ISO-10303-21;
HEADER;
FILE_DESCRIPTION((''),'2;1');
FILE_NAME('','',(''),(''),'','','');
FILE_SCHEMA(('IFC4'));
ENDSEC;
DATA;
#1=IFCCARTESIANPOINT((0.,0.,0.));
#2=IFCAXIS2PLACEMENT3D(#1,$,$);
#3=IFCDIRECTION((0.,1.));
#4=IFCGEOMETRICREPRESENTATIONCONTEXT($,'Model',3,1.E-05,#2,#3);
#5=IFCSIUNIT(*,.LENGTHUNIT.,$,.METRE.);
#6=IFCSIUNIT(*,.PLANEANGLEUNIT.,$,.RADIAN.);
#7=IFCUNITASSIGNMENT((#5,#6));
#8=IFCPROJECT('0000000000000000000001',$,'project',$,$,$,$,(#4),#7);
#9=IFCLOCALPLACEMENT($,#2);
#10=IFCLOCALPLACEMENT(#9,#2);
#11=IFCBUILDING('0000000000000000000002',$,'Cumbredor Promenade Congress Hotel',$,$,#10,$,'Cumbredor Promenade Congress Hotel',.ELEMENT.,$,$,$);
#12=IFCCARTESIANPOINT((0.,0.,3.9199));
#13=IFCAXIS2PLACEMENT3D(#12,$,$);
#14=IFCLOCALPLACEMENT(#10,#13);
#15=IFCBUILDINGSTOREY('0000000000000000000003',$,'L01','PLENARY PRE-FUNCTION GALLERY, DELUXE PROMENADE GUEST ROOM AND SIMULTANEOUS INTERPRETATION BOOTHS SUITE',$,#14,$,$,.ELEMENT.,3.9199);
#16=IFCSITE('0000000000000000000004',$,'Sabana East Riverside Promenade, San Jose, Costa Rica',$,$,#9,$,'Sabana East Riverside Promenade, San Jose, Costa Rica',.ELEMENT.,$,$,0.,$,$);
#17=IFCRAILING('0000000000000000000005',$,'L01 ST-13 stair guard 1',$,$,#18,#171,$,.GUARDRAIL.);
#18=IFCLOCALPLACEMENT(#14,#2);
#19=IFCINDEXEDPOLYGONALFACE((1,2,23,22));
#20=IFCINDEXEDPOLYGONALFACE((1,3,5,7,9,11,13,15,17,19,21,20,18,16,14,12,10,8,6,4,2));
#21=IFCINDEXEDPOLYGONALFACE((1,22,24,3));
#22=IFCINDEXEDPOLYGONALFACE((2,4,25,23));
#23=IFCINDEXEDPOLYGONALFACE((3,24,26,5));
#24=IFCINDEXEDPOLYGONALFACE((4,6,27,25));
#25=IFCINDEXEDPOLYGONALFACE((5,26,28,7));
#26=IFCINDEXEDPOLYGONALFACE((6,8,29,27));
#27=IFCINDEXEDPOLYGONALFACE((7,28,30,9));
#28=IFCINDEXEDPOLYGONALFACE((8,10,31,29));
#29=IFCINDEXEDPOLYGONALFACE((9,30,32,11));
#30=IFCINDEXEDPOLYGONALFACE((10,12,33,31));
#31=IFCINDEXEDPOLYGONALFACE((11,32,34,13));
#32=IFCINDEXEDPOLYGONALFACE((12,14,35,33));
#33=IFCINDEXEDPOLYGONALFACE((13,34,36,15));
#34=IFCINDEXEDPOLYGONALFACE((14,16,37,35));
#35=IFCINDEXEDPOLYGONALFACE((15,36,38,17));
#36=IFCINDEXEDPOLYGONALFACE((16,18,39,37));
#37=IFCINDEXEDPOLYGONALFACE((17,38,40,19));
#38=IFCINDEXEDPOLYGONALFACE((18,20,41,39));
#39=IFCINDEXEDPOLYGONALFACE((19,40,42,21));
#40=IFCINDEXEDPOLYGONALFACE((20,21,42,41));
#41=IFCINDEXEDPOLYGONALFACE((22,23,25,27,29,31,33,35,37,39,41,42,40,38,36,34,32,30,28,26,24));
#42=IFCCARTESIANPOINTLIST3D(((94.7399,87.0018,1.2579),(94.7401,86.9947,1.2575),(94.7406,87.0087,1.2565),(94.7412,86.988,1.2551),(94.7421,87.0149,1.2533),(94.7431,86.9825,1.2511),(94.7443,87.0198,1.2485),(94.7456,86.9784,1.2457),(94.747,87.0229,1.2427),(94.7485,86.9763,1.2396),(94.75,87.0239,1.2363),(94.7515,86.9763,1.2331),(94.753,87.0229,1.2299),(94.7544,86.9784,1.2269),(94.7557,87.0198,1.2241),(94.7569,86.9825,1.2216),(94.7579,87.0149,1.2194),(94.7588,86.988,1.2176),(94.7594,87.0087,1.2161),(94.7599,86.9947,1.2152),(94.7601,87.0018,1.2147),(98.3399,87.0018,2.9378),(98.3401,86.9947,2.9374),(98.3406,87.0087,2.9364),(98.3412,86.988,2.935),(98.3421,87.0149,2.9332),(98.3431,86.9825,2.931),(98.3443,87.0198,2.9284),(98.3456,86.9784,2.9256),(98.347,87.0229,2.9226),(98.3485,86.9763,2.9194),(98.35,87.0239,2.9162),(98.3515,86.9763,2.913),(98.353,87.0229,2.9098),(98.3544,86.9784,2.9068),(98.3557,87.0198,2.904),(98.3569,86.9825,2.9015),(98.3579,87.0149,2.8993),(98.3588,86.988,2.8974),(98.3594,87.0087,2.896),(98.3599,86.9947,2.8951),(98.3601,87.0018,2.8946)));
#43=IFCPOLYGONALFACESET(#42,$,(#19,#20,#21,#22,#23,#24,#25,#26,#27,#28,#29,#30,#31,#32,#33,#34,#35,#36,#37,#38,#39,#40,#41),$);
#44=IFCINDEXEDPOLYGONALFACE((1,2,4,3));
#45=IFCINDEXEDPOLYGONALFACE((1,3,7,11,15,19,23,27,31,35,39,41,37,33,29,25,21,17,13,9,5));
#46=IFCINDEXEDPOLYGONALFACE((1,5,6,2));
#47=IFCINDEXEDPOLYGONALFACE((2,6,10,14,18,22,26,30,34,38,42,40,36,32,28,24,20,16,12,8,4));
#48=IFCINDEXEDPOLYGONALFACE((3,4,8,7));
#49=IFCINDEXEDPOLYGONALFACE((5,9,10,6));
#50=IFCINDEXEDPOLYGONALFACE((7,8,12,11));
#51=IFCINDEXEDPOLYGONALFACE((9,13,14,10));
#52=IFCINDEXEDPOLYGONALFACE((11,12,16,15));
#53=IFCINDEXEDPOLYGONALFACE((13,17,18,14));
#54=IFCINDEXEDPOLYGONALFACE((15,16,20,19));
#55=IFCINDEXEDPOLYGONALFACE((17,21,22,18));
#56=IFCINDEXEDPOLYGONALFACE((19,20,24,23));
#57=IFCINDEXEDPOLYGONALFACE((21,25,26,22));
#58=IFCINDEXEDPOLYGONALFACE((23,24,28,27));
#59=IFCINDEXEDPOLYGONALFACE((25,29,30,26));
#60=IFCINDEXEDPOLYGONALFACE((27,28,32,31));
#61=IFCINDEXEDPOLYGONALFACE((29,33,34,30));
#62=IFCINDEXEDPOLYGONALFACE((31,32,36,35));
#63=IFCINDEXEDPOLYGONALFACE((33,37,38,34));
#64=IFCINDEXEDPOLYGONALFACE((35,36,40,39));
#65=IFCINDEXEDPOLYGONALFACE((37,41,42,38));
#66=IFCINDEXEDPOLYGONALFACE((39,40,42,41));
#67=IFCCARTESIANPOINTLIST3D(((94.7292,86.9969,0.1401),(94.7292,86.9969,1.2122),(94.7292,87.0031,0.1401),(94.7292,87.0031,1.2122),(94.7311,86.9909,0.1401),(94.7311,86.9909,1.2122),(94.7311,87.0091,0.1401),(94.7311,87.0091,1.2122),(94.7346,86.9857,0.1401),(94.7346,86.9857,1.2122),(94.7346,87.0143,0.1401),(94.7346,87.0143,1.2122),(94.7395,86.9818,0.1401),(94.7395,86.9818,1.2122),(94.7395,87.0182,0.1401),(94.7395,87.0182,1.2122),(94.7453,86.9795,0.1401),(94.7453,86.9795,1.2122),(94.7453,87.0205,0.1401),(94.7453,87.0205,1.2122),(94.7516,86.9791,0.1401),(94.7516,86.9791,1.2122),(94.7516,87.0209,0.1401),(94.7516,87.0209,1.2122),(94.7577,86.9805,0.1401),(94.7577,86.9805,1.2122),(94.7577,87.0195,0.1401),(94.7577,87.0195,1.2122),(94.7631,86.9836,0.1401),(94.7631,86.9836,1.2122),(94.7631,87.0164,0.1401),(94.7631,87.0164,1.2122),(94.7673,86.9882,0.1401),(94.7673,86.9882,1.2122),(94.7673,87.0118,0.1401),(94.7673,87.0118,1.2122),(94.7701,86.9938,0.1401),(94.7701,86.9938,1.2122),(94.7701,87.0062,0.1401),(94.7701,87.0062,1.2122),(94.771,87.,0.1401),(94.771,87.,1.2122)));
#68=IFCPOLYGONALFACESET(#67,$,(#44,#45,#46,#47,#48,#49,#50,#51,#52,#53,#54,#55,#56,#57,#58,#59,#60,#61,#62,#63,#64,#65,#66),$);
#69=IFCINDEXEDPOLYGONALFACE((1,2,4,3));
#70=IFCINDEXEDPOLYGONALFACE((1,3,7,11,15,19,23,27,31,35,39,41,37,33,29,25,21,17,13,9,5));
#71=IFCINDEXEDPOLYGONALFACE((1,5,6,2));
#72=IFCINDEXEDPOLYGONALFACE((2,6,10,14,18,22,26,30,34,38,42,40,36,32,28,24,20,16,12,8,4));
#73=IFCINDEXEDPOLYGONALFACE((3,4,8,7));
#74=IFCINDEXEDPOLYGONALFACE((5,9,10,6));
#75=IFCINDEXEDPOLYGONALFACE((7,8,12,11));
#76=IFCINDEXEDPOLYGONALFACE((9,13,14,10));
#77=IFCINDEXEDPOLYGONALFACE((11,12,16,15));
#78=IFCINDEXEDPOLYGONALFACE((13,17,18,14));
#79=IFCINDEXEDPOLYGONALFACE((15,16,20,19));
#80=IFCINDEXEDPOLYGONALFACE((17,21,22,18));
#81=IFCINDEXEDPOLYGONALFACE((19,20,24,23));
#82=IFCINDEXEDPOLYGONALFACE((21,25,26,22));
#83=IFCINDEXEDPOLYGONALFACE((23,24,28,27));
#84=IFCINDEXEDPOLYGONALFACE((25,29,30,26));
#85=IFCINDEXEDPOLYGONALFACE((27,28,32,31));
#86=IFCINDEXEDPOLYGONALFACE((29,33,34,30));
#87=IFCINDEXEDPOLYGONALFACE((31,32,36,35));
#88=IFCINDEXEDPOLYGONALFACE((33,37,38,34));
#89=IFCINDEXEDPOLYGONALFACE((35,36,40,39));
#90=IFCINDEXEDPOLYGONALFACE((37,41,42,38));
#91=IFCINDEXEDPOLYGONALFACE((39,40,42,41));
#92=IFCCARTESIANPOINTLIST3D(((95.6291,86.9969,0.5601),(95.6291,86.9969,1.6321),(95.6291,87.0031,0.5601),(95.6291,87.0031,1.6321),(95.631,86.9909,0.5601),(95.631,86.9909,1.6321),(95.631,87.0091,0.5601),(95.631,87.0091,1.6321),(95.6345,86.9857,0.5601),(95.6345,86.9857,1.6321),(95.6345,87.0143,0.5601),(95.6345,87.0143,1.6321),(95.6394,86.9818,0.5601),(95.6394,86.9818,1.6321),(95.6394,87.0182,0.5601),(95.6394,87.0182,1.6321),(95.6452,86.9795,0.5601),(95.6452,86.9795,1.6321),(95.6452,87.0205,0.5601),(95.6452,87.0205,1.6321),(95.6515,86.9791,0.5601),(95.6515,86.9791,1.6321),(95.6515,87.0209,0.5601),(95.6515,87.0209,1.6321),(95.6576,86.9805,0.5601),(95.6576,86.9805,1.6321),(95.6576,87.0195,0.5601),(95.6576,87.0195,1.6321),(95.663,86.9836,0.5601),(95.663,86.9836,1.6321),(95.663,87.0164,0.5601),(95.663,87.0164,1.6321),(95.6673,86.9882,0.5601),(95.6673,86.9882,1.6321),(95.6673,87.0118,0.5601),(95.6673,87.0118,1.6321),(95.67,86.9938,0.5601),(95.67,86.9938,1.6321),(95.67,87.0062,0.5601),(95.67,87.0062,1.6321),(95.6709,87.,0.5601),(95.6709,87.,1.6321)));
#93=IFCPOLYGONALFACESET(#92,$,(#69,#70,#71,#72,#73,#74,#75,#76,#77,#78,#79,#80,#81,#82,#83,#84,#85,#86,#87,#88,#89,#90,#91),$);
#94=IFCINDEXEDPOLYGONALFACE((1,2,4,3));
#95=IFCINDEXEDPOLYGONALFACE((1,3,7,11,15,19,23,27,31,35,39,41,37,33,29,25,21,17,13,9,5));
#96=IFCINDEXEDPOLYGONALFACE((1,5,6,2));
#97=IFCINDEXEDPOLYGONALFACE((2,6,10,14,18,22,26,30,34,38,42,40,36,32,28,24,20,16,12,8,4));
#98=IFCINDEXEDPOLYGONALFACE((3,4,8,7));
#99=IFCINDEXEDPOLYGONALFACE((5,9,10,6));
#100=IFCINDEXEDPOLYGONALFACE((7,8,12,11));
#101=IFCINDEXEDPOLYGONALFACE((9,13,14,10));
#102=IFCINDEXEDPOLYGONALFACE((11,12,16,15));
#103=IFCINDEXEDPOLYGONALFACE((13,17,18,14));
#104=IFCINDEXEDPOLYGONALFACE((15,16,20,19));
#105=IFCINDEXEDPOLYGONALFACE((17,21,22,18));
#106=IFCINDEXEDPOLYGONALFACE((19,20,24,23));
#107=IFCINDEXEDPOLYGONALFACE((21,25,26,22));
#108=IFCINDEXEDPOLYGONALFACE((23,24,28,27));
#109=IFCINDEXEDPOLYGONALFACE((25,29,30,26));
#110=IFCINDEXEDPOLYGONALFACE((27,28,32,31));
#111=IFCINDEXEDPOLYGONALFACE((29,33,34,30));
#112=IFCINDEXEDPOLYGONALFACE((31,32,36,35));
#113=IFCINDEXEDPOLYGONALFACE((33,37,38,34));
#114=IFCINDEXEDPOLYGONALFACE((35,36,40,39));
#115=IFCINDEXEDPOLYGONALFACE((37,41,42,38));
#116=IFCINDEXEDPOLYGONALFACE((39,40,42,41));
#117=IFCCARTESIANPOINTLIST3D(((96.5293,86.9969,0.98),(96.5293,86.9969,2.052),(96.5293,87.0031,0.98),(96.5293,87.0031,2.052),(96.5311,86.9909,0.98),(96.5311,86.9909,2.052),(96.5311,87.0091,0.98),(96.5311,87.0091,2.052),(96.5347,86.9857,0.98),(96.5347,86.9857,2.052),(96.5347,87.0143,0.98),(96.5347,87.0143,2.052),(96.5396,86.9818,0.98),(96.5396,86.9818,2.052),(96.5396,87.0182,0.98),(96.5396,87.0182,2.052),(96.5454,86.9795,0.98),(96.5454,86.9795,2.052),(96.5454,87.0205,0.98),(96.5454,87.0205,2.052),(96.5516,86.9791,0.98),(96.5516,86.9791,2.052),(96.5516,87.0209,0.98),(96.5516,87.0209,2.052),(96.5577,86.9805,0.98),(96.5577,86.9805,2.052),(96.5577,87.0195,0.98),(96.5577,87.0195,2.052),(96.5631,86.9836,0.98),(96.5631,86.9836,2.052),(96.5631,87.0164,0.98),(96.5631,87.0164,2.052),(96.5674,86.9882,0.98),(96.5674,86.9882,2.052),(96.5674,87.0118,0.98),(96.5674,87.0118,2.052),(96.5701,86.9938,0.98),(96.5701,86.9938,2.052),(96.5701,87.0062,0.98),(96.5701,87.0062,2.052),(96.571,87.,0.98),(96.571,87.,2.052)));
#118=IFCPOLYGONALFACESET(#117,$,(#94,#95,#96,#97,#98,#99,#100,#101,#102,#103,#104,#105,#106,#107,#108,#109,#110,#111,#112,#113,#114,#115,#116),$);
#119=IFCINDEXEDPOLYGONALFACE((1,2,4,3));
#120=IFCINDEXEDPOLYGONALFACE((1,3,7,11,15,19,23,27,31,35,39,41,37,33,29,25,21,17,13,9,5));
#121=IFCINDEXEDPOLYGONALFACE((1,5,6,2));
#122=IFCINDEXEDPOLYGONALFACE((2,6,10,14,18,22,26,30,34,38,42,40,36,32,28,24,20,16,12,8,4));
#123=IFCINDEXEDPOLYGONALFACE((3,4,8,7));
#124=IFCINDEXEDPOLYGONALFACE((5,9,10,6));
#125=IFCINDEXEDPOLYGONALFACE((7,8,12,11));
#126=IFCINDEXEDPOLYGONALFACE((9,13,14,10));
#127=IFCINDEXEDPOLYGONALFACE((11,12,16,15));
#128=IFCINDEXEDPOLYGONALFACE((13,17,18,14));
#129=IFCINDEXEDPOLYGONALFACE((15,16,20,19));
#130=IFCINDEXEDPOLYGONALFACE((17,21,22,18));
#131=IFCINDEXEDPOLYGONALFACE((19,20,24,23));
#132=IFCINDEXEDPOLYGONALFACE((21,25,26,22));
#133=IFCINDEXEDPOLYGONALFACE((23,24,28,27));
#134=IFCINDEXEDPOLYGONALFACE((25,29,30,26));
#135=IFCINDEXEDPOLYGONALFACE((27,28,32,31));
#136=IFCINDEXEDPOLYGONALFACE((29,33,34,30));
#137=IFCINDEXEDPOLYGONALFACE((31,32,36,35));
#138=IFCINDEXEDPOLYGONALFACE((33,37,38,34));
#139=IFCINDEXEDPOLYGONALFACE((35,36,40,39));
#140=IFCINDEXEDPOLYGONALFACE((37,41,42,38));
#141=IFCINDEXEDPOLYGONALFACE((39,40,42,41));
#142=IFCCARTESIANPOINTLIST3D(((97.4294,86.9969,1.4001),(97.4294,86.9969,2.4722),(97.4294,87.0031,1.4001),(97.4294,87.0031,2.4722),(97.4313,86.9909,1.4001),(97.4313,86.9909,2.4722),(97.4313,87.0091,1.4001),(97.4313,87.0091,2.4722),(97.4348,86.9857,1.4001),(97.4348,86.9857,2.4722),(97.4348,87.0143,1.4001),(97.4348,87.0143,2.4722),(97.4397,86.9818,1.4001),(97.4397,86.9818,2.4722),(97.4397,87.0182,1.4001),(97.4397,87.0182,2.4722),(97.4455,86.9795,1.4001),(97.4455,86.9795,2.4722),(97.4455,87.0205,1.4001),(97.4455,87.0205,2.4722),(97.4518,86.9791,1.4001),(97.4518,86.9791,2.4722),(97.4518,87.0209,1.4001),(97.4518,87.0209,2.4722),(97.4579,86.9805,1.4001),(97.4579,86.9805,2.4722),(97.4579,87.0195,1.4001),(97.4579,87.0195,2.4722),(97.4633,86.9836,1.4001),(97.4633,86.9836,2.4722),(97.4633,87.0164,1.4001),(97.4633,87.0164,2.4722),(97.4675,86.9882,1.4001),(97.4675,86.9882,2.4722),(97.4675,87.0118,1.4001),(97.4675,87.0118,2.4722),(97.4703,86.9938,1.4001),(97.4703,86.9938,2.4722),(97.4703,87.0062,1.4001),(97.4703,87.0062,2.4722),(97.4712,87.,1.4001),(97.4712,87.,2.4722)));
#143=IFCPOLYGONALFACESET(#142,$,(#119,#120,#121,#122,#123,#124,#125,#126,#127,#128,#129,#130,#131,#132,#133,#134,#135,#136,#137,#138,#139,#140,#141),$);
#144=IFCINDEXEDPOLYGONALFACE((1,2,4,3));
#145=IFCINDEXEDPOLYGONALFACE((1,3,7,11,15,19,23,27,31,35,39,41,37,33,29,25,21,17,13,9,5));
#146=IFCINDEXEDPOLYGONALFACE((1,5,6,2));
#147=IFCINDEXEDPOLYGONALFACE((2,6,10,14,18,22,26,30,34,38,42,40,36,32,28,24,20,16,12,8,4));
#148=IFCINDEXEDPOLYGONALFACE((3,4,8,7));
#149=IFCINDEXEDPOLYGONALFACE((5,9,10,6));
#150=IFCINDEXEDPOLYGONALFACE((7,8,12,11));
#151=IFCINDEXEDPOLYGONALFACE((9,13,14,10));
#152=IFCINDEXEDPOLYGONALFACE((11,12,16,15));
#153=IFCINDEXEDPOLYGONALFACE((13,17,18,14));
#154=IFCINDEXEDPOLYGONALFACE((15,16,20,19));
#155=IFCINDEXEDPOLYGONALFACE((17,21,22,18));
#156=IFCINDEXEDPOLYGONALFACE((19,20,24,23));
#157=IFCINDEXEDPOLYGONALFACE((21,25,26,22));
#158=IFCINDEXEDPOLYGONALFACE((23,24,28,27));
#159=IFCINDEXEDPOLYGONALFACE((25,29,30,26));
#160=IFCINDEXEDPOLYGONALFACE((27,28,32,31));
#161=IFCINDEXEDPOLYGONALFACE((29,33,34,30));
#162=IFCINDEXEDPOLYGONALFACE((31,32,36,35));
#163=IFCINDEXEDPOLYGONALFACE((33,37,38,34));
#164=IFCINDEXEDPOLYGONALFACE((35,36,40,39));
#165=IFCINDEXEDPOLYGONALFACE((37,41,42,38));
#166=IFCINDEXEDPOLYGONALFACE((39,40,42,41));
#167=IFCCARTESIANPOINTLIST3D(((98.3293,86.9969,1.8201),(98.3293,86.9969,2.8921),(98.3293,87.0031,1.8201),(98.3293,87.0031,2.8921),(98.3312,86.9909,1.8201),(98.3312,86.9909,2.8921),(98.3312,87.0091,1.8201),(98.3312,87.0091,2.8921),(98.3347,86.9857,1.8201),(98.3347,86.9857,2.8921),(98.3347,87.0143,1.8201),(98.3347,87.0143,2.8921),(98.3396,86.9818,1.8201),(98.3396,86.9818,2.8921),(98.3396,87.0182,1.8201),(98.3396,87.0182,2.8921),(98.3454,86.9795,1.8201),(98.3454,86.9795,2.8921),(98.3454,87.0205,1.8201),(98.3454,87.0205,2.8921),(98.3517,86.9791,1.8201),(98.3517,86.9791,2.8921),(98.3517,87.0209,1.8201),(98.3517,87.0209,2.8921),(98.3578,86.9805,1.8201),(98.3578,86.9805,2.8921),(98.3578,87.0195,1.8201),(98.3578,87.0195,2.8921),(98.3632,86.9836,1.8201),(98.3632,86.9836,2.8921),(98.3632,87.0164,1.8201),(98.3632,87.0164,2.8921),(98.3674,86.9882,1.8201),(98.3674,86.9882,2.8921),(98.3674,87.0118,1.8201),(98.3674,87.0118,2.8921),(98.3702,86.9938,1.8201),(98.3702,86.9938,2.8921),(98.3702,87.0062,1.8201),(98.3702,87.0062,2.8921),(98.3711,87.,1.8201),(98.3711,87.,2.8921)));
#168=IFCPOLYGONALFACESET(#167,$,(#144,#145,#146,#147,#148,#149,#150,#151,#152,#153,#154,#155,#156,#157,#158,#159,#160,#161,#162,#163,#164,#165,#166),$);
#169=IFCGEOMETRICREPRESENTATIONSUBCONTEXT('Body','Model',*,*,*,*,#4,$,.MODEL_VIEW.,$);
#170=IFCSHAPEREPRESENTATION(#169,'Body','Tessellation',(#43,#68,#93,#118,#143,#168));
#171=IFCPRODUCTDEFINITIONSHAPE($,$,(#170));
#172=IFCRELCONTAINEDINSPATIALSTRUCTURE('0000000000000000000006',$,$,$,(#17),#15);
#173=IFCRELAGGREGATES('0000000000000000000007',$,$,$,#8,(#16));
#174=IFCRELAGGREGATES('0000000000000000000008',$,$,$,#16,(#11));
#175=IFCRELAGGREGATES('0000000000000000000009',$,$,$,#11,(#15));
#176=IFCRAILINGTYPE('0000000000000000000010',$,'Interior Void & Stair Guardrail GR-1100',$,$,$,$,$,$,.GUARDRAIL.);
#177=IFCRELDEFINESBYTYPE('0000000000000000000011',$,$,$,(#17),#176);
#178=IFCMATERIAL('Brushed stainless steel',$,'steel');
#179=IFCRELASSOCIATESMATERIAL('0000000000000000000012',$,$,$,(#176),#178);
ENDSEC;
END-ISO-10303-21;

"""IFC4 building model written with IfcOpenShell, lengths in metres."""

from ifc_helpers import new_model, si_unit, direction, frame, origin, origin_2d, place, context, subcontext, project, spatial, circle, extrude, material, type_object, element, save


model = new_model("IFC4")

# Units and contexts
model_context = context("Model", 3, precision=1e-05, world=origin(), true_north=direction((0.0, 1.0)))
body_context = subcontext(model_context, "Body", "Model", "MODEL_VIEW")
ifc_project = project(units=[si_unit("LENGTHUNIT", "METRE"), si_unit("PLANEANGLEUNIT", "RADIAN")], contexts=[model_context])

# Site, building, storey
site_placement = place(None, origin())
site = spatial("IfcSite", under=ifc_project, at=site_placement, Name="Sabana East Riverside Promenade, San Jose, Costa Rica", LongName="Sabana East Riverside Promenade, San Jose, Costa Rica", CompositionType="ELEMENT", RefElevation=0.0)
building_placement = place(site_placement, origin())
building = spatial("IfcBuilding", under=site, at=building_placement, Name="Cumbredor Promenade Congress Hotel", LongName="Cumbredor Promenade Congress Hotel", CompositionType="ELEMENT")
storey_placement = place(building_placement, frame((0.0, 0.0, 3.9199)))
storey = spatial("IfcBuildingStorey", under=building, at=storey_placement, Name="L01", Description="PLENARY PRE-FUNCTION GALLERY, DELUXE PROMENADE GUEST ROOM AND SIMULTANEOUS INTERPRETATION BOOTHS SUITE", CompositionType="ELEMENT", Elevation=3.9199)

# Railing
ifc_material_1 = material(Name="Brushed stainless steel", Category="steel")
railing_type_1 = type_object("IfcRailingType", Name="Interior Void & Stair Guardrail GR-1100", PredefinedType="GUARDRAIL", material=ifc_material_1)
railing_1_placement = place(storey_placement, frame((94.75, 87.0, 0.1401)))
element("IfcRailing", 1, at=railing_1_placement, inside=storey, type_object=railing_type_1, Name="L01 ST-13 stair guard 1", PredefinedType="GUARDRAIL", context=body_context, shape_type="SweptSolid", body=[
    extrude(circle(Radius=0.0239, at=origin_2d()), frame((0.0, 0.0, 1.0962), z_axis=(0.906194, 0.0, 0.422862), x_axis=(0.0, 1.0, 0.0)), (0.0, 0.0, 1.0), 3.9727),
    extrude(circle(Radius=0.021, at=origin_2d()), origin(), (0.0, 0.0, 1.0), 1.072),
    extrude(circle(Radius=0.021, at=origin_2d()), frame((0.8999, 0.0, 0.4199)), (0.0, 0.0, 1.0), 1.072),
    extrude(circle(Radius=0.021, at=origin_2d()), frame((1.8, 0.0, 0.8398)), (0.0, 0.0, 1.0), 1.072),
    extrude(circle(Radius=0.021, at=origin_2d()), frame((2.7002, 0.0, 1.26)), (0.0, 0.0, 1.0), 1.072),
    extrude(circle(Radius=0.021, at=origin_2d()), frame((3.6001, 0.0, 1.6799)), (0.0, 0.0, 1.0), 1.072),
])

save(model, "model.ifc")
